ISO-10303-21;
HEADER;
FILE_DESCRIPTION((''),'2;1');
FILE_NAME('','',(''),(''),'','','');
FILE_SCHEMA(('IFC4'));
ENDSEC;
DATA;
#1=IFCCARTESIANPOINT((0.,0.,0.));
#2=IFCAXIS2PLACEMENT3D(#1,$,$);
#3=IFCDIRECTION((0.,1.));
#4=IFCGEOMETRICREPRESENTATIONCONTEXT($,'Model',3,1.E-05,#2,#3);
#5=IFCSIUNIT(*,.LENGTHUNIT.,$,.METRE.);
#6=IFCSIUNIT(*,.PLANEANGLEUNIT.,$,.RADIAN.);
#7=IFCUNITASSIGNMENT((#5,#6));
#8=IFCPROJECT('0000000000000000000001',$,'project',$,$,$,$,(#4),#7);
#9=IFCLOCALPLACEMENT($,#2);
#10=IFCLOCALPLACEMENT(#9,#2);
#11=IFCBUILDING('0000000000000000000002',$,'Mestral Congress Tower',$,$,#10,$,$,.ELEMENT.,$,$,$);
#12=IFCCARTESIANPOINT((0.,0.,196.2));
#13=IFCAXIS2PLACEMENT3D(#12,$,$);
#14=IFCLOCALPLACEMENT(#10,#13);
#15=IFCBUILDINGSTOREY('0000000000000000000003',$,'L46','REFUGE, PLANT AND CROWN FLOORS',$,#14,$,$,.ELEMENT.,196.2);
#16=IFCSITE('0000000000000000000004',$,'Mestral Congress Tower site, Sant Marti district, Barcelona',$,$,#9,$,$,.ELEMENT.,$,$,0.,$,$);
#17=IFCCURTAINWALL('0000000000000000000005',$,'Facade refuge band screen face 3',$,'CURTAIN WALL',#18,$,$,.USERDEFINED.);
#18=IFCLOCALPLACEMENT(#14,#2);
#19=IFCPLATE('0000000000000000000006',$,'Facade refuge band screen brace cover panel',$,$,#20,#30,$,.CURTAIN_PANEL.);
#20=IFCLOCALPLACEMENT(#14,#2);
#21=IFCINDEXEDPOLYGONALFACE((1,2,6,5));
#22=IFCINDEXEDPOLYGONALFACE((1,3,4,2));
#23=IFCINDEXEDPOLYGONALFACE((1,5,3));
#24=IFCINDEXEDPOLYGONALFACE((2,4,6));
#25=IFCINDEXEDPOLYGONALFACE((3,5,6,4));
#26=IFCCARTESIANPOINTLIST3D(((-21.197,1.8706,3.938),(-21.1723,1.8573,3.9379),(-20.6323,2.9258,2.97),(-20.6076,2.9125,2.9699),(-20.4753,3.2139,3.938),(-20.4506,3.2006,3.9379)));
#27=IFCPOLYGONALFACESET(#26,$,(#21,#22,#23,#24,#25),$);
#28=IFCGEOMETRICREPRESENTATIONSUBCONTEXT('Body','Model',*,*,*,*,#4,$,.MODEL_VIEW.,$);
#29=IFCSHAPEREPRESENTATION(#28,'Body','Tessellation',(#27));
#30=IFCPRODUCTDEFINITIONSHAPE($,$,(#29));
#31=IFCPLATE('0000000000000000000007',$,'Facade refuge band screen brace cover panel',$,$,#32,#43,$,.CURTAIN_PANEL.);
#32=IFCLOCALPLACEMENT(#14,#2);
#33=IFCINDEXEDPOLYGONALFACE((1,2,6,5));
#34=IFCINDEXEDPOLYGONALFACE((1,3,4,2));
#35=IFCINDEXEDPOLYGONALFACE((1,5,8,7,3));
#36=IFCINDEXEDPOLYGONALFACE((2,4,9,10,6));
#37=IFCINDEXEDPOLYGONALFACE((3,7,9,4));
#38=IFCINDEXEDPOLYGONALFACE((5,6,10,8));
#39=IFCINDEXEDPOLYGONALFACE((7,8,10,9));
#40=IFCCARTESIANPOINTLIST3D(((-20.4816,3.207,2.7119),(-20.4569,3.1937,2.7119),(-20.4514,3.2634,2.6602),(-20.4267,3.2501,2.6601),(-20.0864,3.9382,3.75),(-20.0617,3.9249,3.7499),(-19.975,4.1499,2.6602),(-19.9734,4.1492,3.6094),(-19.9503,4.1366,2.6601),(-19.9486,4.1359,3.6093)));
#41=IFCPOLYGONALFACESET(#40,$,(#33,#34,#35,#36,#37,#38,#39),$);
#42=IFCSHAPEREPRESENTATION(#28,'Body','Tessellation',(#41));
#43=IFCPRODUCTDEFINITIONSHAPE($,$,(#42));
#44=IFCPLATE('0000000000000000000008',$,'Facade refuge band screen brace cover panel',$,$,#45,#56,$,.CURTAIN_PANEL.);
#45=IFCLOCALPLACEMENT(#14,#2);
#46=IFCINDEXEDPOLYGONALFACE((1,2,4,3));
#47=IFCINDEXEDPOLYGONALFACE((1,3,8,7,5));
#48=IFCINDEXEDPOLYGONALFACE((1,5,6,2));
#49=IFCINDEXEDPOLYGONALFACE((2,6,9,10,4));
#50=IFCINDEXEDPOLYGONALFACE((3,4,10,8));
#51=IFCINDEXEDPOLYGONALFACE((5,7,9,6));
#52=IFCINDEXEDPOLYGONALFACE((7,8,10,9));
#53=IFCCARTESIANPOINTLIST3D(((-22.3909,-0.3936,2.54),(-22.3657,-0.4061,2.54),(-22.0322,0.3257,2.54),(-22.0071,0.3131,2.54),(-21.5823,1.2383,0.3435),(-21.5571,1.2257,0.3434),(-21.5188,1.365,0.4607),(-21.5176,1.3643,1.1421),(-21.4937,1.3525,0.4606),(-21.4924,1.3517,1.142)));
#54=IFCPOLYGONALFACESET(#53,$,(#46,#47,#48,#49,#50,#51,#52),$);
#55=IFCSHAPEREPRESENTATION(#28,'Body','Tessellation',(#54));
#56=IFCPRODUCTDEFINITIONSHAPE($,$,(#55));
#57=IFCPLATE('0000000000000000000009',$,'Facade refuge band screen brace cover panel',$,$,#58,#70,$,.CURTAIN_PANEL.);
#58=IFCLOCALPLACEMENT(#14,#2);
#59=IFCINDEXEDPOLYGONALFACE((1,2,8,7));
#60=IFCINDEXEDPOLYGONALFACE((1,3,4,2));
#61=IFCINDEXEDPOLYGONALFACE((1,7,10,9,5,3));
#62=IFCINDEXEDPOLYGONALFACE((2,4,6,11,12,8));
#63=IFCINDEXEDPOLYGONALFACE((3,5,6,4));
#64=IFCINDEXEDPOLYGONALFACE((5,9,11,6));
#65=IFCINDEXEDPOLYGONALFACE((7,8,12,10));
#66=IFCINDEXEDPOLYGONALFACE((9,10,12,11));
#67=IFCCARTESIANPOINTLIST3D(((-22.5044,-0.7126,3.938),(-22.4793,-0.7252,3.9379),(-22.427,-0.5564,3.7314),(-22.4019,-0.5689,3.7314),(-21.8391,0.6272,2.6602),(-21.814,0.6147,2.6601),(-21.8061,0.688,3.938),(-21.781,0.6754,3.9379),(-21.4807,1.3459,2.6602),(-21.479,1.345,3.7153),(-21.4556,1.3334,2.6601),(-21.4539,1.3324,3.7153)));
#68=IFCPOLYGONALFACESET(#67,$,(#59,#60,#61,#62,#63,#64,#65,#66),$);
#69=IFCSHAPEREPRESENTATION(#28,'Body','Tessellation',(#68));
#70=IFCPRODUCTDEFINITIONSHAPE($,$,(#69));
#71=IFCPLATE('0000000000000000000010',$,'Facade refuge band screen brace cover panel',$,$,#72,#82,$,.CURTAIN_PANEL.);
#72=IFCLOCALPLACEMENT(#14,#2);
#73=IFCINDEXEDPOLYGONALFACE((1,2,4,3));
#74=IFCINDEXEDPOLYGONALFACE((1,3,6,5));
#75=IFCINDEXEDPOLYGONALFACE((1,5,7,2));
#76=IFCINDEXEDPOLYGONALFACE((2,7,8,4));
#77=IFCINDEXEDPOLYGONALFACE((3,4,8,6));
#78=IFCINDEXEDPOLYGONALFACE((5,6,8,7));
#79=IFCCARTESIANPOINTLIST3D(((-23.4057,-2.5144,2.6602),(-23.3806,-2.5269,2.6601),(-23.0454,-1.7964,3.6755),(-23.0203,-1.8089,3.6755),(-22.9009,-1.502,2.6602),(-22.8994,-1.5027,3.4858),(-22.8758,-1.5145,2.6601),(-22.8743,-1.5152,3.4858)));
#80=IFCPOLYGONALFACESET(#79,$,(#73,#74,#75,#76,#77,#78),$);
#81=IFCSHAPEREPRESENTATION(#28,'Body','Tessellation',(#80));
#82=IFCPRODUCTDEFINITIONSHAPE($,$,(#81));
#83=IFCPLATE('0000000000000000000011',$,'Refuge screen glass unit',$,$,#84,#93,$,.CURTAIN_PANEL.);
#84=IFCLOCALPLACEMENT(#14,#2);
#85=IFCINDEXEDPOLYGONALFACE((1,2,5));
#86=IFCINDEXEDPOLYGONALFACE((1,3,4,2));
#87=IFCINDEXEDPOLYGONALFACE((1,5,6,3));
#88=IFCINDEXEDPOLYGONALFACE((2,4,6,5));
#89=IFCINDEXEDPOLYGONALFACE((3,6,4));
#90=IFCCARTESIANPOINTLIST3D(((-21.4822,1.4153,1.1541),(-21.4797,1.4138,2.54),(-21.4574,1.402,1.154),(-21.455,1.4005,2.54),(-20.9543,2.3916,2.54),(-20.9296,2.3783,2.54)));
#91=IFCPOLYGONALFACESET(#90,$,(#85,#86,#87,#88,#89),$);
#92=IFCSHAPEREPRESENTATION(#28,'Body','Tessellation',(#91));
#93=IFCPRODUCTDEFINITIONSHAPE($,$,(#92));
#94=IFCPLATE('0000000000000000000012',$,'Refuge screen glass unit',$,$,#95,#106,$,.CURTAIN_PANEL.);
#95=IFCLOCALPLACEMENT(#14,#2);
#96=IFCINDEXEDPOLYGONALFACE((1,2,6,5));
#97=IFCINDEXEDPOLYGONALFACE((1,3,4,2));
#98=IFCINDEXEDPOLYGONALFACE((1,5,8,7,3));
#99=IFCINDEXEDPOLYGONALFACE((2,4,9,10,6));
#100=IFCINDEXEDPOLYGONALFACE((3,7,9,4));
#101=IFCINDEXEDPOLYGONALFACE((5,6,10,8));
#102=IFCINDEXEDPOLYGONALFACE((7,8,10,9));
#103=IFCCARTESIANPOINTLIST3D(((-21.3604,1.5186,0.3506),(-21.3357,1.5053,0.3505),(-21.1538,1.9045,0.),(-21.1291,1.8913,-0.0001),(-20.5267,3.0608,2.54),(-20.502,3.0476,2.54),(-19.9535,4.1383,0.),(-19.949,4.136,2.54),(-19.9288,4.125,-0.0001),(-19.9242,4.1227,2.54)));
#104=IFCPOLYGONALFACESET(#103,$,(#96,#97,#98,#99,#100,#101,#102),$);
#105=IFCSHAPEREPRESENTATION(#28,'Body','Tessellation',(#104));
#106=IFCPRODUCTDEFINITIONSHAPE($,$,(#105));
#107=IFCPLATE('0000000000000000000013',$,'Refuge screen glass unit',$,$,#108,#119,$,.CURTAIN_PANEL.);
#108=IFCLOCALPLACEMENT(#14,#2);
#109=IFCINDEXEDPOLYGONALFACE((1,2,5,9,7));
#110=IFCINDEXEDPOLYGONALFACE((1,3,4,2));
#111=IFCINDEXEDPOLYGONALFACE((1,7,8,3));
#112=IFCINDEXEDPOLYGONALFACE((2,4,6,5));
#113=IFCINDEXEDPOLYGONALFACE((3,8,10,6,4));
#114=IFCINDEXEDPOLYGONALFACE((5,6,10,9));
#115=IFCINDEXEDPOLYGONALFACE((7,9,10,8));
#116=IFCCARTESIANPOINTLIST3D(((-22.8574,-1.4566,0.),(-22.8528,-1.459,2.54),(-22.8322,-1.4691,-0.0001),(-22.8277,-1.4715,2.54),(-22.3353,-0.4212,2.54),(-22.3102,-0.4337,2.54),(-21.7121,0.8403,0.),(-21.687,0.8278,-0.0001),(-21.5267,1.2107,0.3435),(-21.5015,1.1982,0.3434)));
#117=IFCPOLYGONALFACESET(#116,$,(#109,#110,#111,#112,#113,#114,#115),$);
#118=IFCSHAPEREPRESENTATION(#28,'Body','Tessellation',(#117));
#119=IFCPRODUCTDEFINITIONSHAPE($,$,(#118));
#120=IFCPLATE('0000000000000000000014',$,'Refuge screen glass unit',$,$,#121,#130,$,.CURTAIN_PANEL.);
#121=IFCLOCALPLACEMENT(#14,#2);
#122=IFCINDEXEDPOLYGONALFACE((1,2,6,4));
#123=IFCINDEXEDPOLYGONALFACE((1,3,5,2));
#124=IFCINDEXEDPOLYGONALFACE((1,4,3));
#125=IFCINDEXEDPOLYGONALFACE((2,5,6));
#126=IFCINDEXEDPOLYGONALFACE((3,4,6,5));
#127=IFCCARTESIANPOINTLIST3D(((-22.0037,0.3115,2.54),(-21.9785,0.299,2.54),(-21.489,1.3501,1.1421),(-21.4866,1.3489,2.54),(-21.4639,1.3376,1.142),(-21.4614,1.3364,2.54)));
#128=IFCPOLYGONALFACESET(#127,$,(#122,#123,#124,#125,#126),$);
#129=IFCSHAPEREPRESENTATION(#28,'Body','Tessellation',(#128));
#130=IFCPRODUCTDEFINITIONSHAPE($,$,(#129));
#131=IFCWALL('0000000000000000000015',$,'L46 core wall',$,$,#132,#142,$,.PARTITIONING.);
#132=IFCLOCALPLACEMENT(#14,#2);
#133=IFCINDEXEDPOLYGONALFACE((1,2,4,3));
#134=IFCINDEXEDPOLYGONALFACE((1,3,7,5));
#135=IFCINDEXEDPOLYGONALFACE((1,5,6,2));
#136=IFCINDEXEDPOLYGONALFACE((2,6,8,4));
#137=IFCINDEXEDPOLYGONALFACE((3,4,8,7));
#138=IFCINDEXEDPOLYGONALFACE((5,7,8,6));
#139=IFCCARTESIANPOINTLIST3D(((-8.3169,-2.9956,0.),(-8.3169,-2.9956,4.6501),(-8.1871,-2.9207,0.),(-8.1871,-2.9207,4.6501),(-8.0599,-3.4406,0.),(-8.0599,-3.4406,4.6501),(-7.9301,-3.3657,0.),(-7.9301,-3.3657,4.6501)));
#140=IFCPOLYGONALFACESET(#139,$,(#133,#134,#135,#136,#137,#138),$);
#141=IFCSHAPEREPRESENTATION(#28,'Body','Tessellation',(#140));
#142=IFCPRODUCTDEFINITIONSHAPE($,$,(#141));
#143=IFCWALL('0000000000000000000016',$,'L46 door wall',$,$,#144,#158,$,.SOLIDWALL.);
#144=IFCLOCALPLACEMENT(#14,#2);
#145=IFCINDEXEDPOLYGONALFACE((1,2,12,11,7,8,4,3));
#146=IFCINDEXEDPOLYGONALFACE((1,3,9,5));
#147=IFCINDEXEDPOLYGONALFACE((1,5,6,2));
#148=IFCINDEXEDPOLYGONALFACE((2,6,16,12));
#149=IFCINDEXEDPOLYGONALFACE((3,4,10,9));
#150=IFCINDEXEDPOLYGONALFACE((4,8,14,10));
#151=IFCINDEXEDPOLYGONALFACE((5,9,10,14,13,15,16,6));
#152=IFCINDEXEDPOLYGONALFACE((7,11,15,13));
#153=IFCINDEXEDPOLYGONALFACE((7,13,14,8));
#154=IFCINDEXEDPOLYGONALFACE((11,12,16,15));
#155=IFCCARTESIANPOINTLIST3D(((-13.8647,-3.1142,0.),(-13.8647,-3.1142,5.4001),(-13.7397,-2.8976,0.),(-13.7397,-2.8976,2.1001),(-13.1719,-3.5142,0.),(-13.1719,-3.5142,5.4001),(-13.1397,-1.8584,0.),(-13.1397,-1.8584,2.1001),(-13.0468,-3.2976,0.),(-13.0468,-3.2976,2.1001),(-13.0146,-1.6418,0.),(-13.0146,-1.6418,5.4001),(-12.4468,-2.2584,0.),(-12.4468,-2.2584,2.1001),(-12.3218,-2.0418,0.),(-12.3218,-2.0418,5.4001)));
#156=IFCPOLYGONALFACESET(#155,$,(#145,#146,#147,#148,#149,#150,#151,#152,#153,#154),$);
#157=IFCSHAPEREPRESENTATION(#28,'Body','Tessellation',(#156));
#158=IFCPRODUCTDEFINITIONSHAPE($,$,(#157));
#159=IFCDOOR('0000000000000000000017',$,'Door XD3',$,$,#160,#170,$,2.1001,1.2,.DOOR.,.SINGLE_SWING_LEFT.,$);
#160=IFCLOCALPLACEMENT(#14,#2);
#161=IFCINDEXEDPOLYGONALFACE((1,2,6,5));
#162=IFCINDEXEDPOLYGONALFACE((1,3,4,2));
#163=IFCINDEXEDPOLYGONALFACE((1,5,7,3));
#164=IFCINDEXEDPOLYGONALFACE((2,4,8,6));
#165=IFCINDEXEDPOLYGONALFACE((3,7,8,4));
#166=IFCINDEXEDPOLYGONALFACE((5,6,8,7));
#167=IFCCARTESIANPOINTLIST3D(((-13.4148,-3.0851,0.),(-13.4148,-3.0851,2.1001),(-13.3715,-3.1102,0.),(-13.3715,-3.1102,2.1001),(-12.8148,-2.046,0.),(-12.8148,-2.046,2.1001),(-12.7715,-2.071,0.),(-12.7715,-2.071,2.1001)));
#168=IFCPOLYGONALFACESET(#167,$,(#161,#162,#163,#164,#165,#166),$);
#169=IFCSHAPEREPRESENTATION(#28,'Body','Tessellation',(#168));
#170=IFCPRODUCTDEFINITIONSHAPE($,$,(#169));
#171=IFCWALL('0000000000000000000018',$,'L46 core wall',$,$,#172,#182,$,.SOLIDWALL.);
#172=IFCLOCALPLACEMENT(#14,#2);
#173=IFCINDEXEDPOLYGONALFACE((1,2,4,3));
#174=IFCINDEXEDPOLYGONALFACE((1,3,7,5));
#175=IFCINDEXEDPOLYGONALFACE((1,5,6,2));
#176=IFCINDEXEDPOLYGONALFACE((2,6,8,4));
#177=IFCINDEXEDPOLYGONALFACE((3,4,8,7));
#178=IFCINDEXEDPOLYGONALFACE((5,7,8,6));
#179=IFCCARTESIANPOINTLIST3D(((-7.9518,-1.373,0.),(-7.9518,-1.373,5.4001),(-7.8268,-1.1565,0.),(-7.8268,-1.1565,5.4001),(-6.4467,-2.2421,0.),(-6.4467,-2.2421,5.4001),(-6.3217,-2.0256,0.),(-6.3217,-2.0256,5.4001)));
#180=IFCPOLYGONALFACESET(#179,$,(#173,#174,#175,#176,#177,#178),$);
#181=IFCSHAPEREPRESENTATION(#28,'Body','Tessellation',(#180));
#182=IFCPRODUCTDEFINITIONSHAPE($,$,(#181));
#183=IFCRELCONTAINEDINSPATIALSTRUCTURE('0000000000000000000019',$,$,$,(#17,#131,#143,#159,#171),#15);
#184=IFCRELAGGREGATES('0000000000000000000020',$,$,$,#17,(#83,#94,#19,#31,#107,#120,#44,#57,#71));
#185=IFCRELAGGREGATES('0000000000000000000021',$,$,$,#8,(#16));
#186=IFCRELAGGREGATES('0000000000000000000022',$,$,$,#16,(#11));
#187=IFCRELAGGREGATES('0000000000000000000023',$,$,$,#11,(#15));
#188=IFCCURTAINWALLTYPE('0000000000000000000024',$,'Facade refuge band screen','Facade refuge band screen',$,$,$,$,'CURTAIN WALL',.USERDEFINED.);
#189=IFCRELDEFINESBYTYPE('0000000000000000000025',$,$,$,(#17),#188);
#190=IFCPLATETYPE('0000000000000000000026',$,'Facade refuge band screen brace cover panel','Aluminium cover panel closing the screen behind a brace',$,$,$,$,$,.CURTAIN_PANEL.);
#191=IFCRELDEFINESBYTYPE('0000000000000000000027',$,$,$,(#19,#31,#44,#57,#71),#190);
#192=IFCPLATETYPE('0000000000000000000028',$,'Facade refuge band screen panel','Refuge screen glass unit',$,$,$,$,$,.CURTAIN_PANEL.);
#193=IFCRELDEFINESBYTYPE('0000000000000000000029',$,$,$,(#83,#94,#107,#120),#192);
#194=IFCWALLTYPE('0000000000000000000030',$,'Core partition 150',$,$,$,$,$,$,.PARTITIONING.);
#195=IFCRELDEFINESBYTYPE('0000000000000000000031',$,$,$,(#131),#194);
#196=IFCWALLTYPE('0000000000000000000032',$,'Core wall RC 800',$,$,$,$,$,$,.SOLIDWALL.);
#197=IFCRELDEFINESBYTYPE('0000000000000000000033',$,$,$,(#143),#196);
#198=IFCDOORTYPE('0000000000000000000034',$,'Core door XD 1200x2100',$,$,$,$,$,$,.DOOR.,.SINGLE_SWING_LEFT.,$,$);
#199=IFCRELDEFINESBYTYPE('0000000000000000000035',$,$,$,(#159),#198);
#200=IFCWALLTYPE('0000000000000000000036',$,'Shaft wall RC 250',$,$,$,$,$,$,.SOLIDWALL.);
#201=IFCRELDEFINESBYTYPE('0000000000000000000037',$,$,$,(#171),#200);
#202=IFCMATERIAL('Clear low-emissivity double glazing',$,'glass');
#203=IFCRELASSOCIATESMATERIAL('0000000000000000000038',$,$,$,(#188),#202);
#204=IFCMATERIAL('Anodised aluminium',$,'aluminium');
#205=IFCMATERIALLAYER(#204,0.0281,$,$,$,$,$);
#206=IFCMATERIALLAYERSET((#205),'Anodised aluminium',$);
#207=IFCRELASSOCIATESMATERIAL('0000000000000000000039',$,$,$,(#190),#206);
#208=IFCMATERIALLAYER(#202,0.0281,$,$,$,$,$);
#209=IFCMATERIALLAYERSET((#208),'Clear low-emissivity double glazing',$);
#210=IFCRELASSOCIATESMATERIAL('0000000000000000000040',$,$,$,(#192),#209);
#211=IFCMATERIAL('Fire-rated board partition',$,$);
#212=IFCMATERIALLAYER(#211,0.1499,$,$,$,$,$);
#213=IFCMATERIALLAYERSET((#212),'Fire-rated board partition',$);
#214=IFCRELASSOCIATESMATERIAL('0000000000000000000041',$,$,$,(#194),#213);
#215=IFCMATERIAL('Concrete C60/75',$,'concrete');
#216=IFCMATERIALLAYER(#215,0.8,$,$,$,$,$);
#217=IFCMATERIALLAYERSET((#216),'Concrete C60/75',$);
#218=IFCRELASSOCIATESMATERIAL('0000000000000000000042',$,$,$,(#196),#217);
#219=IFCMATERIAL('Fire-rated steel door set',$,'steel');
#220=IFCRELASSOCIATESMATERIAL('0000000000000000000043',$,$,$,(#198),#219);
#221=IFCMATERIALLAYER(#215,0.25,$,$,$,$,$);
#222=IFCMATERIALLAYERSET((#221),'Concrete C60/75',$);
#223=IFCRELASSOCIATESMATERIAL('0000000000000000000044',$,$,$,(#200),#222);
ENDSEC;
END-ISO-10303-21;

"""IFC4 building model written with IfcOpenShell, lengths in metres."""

from ifc_helpers import new_model, si_unit, direction, frame, frame_2d, origin, place, context, subcontext, project, spatial, polyline, rectangle, outline, extrude, material, layer, layer_set, type_object, element, fill, aggregate, save


model = new_model("IFC4")

# Units and contexts
model_context = context("Model", 3, precision=1e-05, world=origin(), true_north=direction((0.0, 1.0)))
body_context = subcontext(model_context, "Body", "Model", "MODEL_VIEW")
ifc_project = project(units=[si_unit("LENGTHUNIT", "METRE"), si_unit("PLANEANGLEUNIT", "RADIAN")], contexts=[model_context])

# Site, building, storey
site_placement = place(None, origin())
site = spatial("IfcSite", under=ifc_project, at=site_placement, Name="Mestral Congress Tower site, Sant Marti district, Barcelona", CompositionType="ELEMENT", RefElevation=0.0)
building_placement = place(site_placement, origin())
building = spatial("IfcBuilding", under=site, at=building_placement, Name="Mestral Congress Tower", CompositionType="ELEMENT")
storey_placement = place(building_placement, frame((0.0, 0.0, 196.2)))
storey = spatial("IfcBuildingStorey", under=building, at=storey_placement, Name="L46", Description="REFUGE, PLANT AND CROWN FLOORS", CompositionType="ELEMENT", Elevation=196.2)

# Curtain wall
ifc_material_1 = material(Name="Clear low-emissivity double glazing", Category="glass")
curtain_wall_type = type_object("IfcCurtainWallType", Name="Facade refuge band screen", Description="Facade refuge band screen", ElementType="CURTAIN WALL", PredefinedType="USERDEFINED", material=ifc_material_1)
curtain_wall_placement = place(storey_placement, origin())
curtain_wall = element("IfcCurtainWall", 1, at=curtain_wall_placement, inside=storey, type_object=curtain_wall_type, Name="Facade refuge band screen face 3", ObjectType="CURTAIN WALL", PredefinedType="USERDEFINED")
ifc_material_2 = material(Name="Anodised aluminium", Category="aluminium")

# Plates
ifc_layer_1 = layer(ifc_material_2, 0.0281)
ifc_layer_set_1 = layer_set([ifc_layer_1], Name="Anodised aluminium")
plate_type_1 = type_object("IfcPlateType", Name="Facade refuge band screen brace cover panel", Description="Aluminium cover panel closing the screen behind a brace", PredefinedType="CURTAIN_PANEL", material=ifc_layer_set_1)
plate_1_placement = place(storey_placement, frame((-21.197, 1.8706, 3.938), z_axis=(-0.880911, 0.473278, 0.002007), x_axis=(0.366862, 0.685506, -0.628883)))
plate_1 = element("IfcPlate", 2, at=plate_1_placement, type_object=plate_type_1, Name="Facade refuge band screen brace cover panel", PredefinedType="CURTAIN_PANEL", context=body_context, shape_type="SweptSolid", body=[
    extrude(outline(polyline([(0.0, 0.0), (1.5393, 0.0), (1.1856, -0.959), (0.0, 0.0)])), origin(), (0.0, 0.0, -1.0), 0.0281),
])
plate_2_placement = place(storey_placement, frame((-20.0864, 3.9382, 3.75), z_axis=(-0.880861, 0.473372, 0.001906), x_axis=(-0.297181, -0.549859, -0.780602)))
plate_2 = element("IfcPlate", 3, at=plate_2_placement, type_object=plate_type_1, Name="Facade refuge band screen brace cover panel", PredefinedType="CURTAIN_PANEL", context=body_context, shape_type="SweptSolid", body=[
    extrude(outline(polyline([(0.0, 0.0), (1.3299, 0.0), (1.3302, -0.0823), (0.7013, -0.8679), (-0.0398, -0.2747), (0.0, 0.0)])), origin(), (0.0, 0.0, -1.0), 0.0281),
])
plate_3_placement = place(storey_placement, frame((-22.3909, -0.3936, 2.54), z_axis=(-0.894902, 0.446258, 0.002088), x_axis=(0.283393, 0.571903, -0.769815)))
plate_3 = element("IfcPlate", 4, at=plate_3_placement, type_object=plate_type_1, Name="Facade refuge band screen brace cover panel", PredefinedType="CURTAIN_PANEL", context=body_context, shape_type="SweptSolid", body=[
    extrude(outline(polyline([(0.0, 0.0), (2.8533, 0.0), (2.8536, -0.1839), (2.3289, -0.6187), (0.513, -0.6187), (0.0, 0.0)])), origin(), (0.0, 0.0, -1.0), 0.0281),
])
plate_4_placement = place(storey_placement, frame((-21.4807, 1.3459, 2.6602), z_axis=(-0.894924, 0.446214, 0.001883), x_axis=(0.001638, -0.000935, 0.999998)))
plate_4 = element("IfcPlate", 5, at=plate_4_placement, type_object=plate_type_1, Name="Facade refuge band screen brace cover panel", PredefinedType="CURTAIN_PANEL", context=body_context, shape_type="SweptSolid", body=[
    extrude(outline(polyline([(0.0, 0.0), (1.0552, 0.0), (1.2779, -0.7339), (1.2781, -2.2989), (1.0715, -2.1246), (0.0001, -0.8032), (0.0, 0.0)])), origin(), (0.0, 0.0, -1.0), 0.0281),
])
plate_5_placement = place(storey_placement, frame((-22.9009, -1.502, 2.6602), z_axis=(-0.89491, 0.446242, 0.002015), x_axis=(0.001803, -0.000901, 0.999998)))
plate_5 = element("IfcPlate", 6, at=plate_5_placement, type_object=plate_type_1, Name="Facade refuge band screen brace cover panel", PredefinedType="CURTAIN_PANEL", context=body_context, shape_type="SweptSolid", body=[
    extrude(outline(polyline([(0.0, 0.0), (0.8257, 0.0), (1.0154, -0.328), (0.0, -1.1314), (0.0, 0.0)])), origin(), (0.0, 0.0, -1.0), 0.0281),
])
ifc_layer_2 = layer(ifc_material_1, 0.0281)
ifc_layer_set_2 = layer_set([ifc_layer_2], Name="Clear low-emissivity double glazing")
plate_type_2 = type_object("IfcPlateType", Name="Facade refuge band screen panel", Description="Refuge screen glass unit", PredefinedType="CURTAIN_PANEL", material=ifc_layer_set_2)
plate_6_placement = place(storey_placement, frame((-21.4797, 1.4138, 2.54), z_axis=(-0.880886, 0.473325, 0.002052), x_axis=(-0.001761, 0.001057, -0.999998)))
plate_6 = element("IfcPlate", 7, at=plate_6_placement, type_object=plate_type_2, Name="Refuge screen glass unit", PredefinedType="CURTAIN_PANEL", context=body_context, shape_type="SweptSolid", body=[
    extrude(outline(polyline([(0.0, 0.0), (1.386, 0.0), (0.0001, -1.11), (0.0, 0.0)])), origin(), (0.0, 0.0, -1.0), 0.0281),
])
plate_7_placement = place(storey_placement, frame((-21.1538, 1.9045, 0.0), z_axis=(-0.880876, 0.473343, 0.001997), x_axis=(0.473344, 0.880878, 0.0)))
plate_7 = element("IfcPlate", 8, at=plate_7_placement, type_object=plate_type_2, Name="Refuge screen glass unit", PredefinedType="CURTAIN_PANEL", context=body_context, shape_type="SweptSolid", body=[
    extrude(outline(polyline([(0.0, 0.0), (2.5358, 0.0), (2.5359, -2.54), (1.3154, -2.54), (-0.4378, -0.3506), (0.0, 0.0)])), origin(), (0.0, 0.0, -1.0), 0.0281),
])
plate_8_placement = place(storey_placement, frame((-22.8528, -1.459, 2.54), z_axis=(-0.894924, 0.446215, 0.002036), x_axis=(-0.001802, 0.000949, -0.999998)))
plate_8 = element("IfcPlate", 9, at=plate_8_placement, type_object=plate_type_2, Name="Refuge screen glass unit", PredefinedType="CURTAIN_PANEL", context=body_context, shape_type="SweptSolid", body=[
    extrude(outline(polyline([(0.0, 0.0), (2.54, 0.0), (2.5402, -2.5666), (2.1967, -2.9808), (0.0001, -1.1596), (0.0, 0.0)])), origin(), (0.0, 0.0, -1.0), 0.0281),
])
plate_9_placement = place(storey_placement, frame((-21.4866, 1.3489, 2.54), z_axis=(-0.894972, 0.446117, 0.001953), x_axis=(-0.446118, -0.894974, 0.0)))
plate_9 = element("IfcPlate", 10, at=plate_9_placement, type_object=plate_type_2, Name="Refuge screen glass unit", PredefinedType="CURTAIN_PANEL", context=body_context, shape_type="SweptSolid", body=[
    extrude(outline(polyline([(0.0, 0.0), (1.1591, 0.0), (0.0, -1.398), (0.0, 0.0)])), origin(), (0.0, 0.0, -1.0), 0.0281),
])
aggregate(curtain_wall, [plate_6, plate_7, plate_1, plate_2, plate_8, plate_9, plate_3, plate_4, plate_5])

# Wall
ifc_material_3 = material(Name="Fire-rated board partition")
ifc_layer_3 = layer(ifc_material_3, 0.1499)
ifc_layer_set_3 = layer_set([ifc_layer_3], Name="Fire-rated board partition")
wall_type_1 = type_object("IfcWallType", Name="Core partition 150", PredefinedType="PARTITIONING", material=ifc_layer_set_3)
wall_1_placement = place(storey_placement, frame((-8.252, -2.9583, 0.0), z_axis=(0.0, 0.0, 1.0), x_axis=(0.500175, -0.865925, 0.0)))
element("IfcWall", 11, at=wall_1_placement, inside=storey, type_object=wall_type_1, Name="L46 core wall", PredefinedType="PARTITIONING", context=body_context, shape_type="SweptSolid", body=[
    extrude(rectangle(XDim=0.5139, YDim=0.1499, at=frame_2d((0.2568, 0.0))), origin(), (0.0, 0.0, 1.0), 4.6501),
])

# Wall, opening, door
ifc_material_4 = material(Name="Concrete C60/75", Category="concrete")
ifc_layer_4 = layer(ifc_material_4, 0.8)
ifc_layer_set_4 = layer_set([ifc_layer_4], Name="Concrete C60/75")
wall_type_2 = type_object("IfcWallType", Name="Core wall RC 800", PredefinedType="SOLIDWALL", material=ifc_layer_set_4)
wall_2_placement = place(storey_placement, frame((-13.5183, -3.3142, 0.0), z_axis=(0.0, 0.0, 1.0), x_axis=(0.5, 0.866025, 0.0)))
wall_2 = element("IfcWall", 12, at=wall_2_placement, inside=storey, type_object=wall_type_2, Name="L46 door wall", PredefinedType="SOLIDWALL", context=body_context, shape_type="SweptSolid", body=[
    extrude(rectangle(XDim=1.7002, YDim=0.8, at=frame_2d((0.8501, 0.0))), origin(), (0.0, 0.0, 1.0), 5.4001),
])
opening_placement = place(wall_2_placement, frame((0.25, 0.0, 0.0)))
opening = element("IfcOpeningElement", 13, at=opening_placement, cuts=wall_2, PredefinedType="OPENING", context=body_context, shape_type="SweptSolid", body=[
    extrude(rectangle(XDim=1.2, YDim=2.1001, at=frame_2d((0.6001, 1.05))), frame((0.0, 0.4099, 0.0), z_axis=(0.0, -1.0, 0.0), x_axis=(1.0, 0.0, 0.0)), (0.0, 0.0, 1.0), 0.8201),
])
ifc_material_5 = material(Name="Fire-rated steel door set", Category="steel")
door_type = type_object("IfcDoorType", Name="Core door XD 1200x2100", OperationType="SINGLE_SWING_LEFT", PredefinedType="DOOR", material=ifc_material_5)
door_placement = place(opening_placement, origin())
door = element("IfcDoor", 14, at=door_placement, inside=storey, type_object=door_type, Name="Door XD3", OperationType="SINGLE_SWING_LEFT", OverallHeight=2.1001, OverallWidth=1.2, PredefinedType="DOOR", context=body_context, shape_type="SweptSolid", body=[
    extrude(rectangle(XDim=1.2, YDim=2.1001, at=frame_2d((0.6001, 1.05))), frame((0.0, 0.0249, 0.0), z_axis=(0.0, -1.0, 0.0), x_axis=(1.0, 0.0, 0.0)), (0.0, 0.0, 1.0), 0.05),
])
fill(opening, door)

# Wall
ifc_layer_5 = layer(ifc_material_4, 0.25)
ifc_layer_set_5 = layer_set([ifc_layer_5], Name="Concrete C60/75")
wall_type_3 = type_object("IfcWallType", Name="Shaft wall RC 250", PredefinedType="SOLIDWALL", material=ifc_layer_set_5)
wall_3_placement = place(storey_placement, frame((-7.8894, -1.2646, 0.0), z_axis=(0.0, 0.0, 1.0), x_axis=(0.865987, -0.500067, 0.0)))
element("IfcWall", 15, at=wall_3_placement, inside=storey, type_object=wall_type_3, Name="L46 core wall", PredefinedType="SOLIDWALL", context=body_context, shape_type="SweptSolid", body=[
    extrude(rectangle(XDim=1.738, YDim=0.25, at=frame_2d((0.8691, 0.0))), origin(), (0.0, 0.0, 1.0), 5.4001),
])

save(model, "model.ifc")
